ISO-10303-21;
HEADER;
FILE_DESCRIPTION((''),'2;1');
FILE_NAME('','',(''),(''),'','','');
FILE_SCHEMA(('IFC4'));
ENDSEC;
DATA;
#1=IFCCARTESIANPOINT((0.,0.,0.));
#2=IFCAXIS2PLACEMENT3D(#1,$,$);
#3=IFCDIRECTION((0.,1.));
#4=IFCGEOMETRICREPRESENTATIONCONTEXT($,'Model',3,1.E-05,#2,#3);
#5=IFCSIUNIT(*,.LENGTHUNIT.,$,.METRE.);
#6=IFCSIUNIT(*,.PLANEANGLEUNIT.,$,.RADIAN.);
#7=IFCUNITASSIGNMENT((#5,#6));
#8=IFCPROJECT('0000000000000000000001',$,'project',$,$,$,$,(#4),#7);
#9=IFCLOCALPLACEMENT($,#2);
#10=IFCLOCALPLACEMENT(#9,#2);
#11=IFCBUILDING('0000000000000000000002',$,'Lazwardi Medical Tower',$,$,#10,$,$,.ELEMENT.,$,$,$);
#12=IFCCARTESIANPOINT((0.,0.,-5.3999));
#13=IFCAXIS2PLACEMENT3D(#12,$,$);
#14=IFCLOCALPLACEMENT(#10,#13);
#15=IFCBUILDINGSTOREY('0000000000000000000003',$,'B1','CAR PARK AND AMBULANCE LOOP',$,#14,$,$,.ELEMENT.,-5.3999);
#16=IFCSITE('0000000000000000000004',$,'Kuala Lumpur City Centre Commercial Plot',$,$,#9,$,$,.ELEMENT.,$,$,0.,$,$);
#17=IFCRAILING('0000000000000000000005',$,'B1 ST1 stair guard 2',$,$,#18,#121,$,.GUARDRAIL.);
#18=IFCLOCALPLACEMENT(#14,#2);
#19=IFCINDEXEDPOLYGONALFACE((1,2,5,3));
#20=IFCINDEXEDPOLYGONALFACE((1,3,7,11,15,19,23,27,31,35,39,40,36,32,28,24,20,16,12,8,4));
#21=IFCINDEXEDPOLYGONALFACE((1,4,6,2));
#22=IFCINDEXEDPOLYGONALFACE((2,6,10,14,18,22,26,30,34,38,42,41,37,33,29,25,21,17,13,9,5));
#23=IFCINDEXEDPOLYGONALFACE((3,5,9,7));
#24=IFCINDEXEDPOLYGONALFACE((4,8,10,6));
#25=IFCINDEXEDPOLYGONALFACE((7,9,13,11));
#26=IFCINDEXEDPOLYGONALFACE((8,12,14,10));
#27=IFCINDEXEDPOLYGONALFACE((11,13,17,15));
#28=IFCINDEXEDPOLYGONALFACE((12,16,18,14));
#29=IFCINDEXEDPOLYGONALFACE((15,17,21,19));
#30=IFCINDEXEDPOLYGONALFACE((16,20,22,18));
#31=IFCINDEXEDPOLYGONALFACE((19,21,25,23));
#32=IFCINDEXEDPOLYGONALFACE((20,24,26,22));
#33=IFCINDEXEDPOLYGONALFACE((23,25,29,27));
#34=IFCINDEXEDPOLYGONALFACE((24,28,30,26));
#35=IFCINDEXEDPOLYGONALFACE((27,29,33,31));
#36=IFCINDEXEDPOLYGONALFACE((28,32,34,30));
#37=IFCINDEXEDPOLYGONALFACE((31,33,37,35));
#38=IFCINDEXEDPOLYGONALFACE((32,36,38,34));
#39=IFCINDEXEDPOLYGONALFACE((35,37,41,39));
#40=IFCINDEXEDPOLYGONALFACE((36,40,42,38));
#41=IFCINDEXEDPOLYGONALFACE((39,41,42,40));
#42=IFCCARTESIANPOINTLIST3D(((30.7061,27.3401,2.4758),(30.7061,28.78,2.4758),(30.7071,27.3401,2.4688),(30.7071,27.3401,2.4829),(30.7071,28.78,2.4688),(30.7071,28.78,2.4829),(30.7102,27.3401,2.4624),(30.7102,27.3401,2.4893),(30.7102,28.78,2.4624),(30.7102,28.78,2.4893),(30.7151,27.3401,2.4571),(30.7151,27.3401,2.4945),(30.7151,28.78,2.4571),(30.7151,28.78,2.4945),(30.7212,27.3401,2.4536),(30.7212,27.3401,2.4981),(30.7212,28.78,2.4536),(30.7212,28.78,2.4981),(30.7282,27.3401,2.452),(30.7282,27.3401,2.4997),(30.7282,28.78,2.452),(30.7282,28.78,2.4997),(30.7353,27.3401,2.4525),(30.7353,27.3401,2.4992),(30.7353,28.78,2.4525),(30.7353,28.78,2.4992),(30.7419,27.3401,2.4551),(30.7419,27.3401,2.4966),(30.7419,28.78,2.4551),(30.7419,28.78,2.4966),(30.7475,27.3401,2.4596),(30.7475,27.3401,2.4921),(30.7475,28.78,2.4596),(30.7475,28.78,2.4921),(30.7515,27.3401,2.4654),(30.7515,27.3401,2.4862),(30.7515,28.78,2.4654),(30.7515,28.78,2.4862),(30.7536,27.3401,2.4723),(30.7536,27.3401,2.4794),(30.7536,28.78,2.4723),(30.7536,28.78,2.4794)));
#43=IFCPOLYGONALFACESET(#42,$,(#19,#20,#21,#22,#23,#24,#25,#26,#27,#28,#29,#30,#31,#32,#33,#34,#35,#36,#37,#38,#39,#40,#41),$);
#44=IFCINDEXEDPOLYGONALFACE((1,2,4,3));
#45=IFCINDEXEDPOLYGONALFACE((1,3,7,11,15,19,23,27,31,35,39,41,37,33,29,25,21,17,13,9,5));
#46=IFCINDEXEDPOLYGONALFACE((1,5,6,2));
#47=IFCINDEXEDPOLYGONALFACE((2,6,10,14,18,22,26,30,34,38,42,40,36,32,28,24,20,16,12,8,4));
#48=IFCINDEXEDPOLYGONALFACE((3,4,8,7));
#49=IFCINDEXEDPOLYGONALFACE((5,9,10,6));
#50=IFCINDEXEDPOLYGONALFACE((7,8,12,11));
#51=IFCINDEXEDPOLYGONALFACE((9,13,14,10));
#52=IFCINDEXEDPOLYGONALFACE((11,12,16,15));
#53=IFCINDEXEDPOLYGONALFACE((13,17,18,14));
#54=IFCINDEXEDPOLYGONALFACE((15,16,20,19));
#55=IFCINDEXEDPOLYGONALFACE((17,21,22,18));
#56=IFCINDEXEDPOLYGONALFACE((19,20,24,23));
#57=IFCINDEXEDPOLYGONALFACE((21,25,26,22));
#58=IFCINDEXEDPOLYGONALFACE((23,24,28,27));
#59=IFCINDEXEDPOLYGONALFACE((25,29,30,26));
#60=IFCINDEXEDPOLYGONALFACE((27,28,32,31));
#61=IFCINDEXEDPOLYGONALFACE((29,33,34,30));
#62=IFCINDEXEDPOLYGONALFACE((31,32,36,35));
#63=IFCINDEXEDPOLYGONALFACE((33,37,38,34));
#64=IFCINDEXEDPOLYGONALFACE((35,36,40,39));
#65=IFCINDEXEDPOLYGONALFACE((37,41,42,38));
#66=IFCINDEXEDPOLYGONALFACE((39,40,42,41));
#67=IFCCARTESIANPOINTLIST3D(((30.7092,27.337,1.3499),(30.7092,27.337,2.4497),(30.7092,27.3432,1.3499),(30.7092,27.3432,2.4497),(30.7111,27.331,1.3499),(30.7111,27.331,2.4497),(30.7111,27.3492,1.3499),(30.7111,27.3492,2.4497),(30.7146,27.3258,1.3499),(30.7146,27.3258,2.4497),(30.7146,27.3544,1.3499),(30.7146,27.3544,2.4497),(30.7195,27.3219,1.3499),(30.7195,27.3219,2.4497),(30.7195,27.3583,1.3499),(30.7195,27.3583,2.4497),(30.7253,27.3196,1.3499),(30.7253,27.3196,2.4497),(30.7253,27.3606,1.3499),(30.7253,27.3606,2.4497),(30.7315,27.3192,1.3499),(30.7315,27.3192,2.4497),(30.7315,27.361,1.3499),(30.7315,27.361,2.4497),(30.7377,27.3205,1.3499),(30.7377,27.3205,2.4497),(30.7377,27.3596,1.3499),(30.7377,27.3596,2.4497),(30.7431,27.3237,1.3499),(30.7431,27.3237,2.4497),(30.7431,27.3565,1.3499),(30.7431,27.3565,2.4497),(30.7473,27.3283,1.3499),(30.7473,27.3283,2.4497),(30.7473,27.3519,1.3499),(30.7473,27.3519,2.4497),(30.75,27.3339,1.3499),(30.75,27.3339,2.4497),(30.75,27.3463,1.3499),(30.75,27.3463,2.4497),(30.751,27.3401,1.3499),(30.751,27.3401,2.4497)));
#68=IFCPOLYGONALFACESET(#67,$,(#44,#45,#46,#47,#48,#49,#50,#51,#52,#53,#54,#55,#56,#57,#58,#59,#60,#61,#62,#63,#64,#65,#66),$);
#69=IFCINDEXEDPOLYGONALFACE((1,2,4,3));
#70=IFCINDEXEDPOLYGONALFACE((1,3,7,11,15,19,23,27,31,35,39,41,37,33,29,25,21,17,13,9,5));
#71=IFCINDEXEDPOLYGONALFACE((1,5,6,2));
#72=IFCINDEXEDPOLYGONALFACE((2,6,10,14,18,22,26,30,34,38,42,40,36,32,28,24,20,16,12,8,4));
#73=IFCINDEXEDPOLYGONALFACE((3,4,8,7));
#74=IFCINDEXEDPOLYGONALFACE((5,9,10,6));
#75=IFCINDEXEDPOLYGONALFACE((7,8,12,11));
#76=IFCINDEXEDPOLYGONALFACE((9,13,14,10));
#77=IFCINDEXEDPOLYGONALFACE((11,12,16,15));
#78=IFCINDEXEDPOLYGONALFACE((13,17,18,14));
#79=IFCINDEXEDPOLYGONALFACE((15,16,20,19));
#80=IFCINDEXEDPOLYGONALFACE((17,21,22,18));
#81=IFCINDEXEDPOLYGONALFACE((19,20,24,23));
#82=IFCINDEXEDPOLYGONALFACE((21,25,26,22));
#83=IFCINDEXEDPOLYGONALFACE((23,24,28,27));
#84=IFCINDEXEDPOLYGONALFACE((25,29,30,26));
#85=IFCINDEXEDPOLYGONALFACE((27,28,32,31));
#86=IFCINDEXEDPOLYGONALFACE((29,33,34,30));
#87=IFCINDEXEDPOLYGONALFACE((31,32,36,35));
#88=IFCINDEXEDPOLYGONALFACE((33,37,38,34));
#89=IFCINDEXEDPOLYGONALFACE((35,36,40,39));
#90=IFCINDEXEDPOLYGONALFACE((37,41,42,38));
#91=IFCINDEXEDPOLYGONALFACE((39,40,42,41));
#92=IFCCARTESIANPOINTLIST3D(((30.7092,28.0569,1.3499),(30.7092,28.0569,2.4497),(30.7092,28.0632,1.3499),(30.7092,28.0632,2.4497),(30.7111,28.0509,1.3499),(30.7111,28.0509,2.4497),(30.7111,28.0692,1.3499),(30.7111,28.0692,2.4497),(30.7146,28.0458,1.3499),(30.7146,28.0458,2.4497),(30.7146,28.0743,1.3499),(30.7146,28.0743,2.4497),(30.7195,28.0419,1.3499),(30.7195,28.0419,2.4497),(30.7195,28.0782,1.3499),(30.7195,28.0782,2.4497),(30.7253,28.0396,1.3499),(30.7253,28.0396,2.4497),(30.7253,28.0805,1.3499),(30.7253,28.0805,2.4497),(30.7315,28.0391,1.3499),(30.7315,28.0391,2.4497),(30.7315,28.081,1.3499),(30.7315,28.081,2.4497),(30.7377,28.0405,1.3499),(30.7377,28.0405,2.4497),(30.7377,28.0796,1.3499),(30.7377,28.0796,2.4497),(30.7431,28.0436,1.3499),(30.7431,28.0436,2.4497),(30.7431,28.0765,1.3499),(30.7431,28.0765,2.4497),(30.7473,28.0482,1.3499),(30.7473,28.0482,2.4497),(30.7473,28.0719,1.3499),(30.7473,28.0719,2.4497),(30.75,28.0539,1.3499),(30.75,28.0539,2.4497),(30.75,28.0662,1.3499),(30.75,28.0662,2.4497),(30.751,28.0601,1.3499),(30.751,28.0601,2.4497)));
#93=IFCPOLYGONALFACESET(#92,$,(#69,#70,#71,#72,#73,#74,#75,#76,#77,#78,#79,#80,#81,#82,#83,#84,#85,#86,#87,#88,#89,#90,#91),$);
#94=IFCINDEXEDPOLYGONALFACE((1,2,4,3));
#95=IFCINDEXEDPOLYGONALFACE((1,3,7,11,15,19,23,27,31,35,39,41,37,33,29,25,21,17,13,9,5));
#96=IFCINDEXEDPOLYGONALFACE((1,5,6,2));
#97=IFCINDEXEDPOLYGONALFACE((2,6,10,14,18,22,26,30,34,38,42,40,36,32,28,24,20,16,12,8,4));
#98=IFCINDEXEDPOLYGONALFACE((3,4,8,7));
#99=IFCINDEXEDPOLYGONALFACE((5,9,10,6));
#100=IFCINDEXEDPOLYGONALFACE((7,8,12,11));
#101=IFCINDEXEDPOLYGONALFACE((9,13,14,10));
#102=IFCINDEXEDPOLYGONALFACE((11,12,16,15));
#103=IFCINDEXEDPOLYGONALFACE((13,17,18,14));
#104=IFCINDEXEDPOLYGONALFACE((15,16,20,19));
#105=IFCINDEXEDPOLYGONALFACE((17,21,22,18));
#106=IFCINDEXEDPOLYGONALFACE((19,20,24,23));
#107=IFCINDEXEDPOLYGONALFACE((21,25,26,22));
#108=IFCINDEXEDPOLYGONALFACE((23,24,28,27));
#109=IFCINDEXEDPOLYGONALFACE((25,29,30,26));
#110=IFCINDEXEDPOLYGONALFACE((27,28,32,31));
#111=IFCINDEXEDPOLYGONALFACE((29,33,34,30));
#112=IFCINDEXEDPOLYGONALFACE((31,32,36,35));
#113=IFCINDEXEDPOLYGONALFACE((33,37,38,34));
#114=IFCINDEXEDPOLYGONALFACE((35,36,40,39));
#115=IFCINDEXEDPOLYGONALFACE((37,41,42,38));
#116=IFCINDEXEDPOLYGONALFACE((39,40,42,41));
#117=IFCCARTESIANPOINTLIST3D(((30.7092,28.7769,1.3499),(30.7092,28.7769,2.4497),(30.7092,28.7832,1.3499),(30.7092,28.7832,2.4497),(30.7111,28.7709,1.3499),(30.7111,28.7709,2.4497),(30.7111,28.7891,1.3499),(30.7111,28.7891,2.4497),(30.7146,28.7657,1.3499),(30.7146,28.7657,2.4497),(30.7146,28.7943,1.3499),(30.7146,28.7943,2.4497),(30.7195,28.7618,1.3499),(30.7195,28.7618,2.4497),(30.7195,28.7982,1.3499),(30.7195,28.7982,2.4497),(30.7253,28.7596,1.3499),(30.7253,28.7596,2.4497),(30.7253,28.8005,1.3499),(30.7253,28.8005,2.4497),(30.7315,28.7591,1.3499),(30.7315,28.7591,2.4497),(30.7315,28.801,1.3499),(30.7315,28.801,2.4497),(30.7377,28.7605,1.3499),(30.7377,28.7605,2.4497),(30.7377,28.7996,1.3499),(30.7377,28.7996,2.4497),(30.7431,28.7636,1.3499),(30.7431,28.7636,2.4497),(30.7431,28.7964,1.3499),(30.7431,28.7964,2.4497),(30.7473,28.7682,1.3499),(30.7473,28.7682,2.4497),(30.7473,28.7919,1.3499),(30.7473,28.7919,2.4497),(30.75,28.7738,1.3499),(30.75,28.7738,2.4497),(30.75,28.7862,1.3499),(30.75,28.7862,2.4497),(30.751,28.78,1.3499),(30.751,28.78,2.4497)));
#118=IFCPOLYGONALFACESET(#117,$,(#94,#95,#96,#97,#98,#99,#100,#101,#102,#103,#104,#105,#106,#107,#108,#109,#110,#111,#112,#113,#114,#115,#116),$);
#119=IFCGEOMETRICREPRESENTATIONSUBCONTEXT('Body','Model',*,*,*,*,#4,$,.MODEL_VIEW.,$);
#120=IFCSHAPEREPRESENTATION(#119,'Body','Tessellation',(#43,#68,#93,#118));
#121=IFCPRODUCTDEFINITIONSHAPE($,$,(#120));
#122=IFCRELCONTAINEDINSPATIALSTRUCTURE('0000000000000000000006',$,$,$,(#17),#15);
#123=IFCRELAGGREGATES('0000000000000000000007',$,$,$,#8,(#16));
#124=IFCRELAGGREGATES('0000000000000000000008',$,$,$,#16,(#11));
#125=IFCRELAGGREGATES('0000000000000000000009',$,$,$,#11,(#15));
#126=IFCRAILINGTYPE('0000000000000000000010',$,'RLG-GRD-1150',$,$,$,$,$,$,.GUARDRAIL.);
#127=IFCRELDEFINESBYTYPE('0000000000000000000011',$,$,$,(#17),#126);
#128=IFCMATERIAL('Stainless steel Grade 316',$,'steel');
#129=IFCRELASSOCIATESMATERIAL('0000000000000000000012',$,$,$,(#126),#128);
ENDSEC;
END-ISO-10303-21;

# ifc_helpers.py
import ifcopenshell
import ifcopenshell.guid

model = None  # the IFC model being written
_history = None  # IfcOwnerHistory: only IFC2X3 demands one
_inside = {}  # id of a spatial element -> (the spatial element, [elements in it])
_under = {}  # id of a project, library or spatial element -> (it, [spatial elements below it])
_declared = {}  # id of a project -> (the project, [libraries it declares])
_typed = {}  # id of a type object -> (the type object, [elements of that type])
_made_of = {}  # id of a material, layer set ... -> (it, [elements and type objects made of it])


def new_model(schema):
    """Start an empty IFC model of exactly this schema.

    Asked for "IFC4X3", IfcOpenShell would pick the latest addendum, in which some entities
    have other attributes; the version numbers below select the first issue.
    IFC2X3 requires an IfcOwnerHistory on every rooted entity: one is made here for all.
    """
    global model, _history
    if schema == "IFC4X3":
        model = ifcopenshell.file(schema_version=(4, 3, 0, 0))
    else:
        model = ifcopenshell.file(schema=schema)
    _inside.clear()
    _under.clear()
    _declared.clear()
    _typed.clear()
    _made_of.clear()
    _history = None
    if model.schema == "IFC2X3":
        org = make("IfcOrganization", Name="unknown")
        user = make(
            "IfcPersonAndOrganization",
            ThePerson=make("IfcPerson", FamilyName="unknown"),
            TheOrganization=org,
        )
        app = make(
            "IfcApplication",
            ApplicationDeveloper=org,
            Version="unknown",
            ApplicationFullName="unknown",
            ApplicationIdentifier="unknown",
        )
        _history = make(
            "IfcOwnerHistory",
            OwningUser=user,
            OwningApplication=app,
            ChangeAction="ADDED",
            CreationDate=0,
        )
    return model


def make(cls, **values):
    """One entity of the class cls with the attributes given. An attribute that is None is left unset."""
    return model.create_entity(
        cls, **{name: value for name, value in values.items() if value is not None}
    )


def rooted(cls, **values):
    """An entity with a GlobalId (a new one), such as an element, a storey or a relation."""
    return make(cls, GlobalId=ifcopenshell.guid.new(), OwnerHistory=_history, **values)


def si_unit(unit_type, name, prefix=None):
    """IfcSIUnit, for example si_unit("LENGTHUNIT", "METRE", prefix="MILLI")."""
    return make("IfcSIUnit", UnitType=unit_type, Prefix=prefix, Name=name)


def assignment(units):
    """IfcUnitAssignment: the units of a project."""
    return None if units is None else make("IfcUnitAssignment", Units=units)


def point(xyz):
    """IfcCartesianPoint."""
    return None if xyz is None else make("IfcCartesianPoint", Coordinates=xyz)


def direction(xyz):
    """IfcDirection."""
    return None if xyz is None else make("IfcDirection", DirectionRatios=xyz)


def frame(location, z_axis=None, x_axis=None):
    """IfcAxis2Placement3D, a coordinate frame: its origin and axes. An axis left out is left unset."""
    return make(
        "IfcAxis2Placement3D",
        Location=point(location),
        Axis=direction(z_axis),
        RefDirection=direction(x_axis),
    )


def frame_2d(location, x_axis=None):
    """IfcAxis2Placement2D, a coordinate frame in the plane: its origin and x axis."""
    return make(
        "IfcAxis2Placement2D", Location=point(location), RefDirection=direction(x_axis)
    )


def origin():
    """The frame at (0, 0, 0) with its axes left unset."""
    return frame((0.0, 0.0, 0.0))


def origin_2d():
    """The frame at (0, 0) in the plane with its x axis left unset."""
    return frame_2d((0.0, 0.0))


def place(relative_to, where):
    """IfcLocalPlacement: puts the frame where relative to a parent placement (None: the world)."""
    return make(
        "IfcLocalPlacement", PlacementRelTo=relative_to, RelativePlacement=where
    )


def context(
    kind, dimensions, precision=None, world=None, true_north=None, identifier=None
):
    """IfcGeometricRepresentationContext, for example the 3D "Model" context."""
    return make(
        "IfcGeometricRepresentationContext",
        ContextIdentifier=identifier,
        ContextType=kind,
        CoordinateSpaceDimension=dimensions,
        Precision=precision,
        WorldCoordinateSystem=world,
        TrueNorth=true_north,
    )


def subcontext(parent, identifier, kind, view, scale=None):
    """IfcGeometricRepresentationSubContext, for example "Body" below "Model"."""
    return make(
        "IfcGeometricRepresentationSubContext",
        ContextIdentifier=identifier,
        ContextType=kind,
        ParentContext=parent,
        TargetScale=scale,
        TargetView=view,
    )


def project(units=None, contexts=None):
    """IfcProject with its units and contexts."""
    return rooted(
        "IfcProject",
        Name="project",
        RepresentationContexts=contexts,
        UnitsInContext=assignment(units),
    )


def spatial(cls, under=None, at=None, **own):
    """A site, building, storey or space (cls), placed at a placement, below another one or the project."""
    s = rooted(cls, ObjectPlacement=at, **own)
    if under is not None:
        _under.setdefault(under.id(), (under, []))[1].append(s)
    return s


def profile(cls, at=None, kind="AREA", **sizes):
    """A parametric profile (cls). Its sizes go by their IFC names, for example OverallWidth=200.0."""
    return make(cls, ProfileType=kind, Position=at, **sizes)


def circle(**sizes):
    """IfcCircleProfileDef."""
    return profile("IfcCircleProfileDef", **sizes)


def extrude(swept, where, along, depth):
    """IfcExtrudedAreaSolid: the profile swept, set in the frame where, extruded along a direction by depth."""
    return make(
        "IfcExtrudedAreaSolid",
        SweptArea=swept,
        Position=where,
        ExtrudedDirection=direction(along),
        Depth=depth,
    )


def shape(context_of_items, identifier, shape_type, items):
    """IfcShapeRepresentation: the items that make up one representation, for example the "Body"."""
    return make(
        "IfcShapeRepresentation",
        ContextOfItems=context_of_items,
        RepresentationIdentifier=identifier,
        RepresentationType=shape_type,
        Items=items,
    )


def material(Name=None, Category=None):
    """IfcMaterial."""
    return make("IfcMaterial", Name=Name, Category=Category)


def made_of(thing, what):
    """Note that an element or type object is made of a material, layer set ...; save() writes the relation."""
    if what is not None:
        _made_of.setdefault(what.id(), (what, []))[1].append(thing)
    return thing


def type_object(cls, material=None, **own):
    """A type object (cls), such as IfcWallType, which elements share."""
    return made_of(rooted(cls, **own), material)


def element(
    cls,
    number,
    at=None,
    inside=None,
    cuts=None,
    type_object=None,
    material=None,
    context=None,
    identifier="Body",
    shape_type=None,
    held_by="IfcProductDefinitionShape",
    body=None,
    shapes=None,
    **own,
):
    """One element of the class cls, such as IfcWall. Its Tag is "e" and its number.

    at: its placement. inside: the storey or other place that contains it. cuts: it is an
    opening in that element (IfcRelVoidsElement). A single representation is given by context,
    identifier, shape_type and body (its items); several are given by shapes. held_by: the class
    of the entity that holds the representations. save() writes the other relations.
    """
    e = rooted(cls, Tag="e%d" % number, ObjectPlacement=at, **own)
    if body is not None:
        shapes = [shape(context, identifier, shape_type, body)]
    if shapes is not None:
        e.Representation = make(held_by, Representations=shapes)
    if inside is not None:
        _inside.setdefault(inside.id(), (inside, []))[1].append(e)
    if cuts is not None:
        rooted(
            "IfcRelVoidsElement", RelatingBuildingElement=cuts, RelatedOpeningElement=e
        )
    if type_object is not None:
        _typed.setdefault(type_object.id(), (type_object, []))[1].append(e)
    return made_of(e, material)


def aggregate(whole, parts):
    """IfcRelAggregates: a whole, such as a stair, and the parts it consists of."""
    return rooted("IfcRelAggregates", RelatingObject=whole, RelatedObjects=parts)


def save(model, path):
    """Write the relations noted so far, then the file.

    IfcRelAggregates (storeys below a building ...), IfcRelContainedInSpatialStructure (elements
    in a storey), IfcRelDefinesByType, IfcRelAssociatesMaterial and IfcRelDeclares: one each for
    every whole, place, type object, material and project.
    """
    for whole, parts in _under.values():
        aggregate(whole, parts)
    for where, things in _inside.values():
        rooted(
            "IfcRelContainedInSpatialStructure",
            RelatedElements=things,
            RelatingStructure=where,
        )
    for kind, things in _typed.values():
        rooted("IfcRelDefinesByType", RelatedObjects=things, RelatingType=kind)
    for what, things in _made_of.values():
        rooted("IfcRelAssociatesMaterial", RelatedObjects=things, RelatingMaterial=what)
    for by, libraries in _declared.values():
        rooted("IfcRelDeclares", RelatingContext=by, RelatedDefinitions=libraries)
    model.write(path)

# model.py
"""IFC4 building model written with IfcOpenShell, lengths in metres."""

from ifc_helpers import new_model, si_unit, direction, frame, origin, origin_2d, place, context, subcontext, project, spatial, circle, extrude, material, type_object, element, save


model = new_model("IFC4")

# Units and contexts
model_context = context("Model", 3, precision=1e-05, world=origin(), true_north=direction((0.0, 1.0)))
body_context = subcontext(model_context, "Body", "Model", "MODEL_VIEW")
ifc_project = project(units=[si_unit("LENGTHUNIT", "METRE"), si_unit("PLANEANGLEUNIT", "RADIAN")], contexts=[model_context])

# Site, building, storey
site_placement = place(None, origin())
site = spatial("IfcSite", under=ifc_project, at=site_placement, Name="Kuala Lumpur City Centre Commercial Plot", CompositionType="ELEMENT", RefElevation=0.0)
building_placement = place(site_placement, origin())
building = spatial("IfcBuilding", under=site, at=building_placement, Name="Lazwardi Medical Tower", CompositionType="ELEMENT")
storey_placement = place(building_placement, frame((0.0, 0.0, -5.3999)))
storey = spatial("IfcBuildingStorey", under=building, at=storey_placement, Name="B1", Description="CAR PARK AND AMBULANCE LOOP", CompositionType="ELEMENT", Elevation=-5.3999)

# Railing
ifc_material_1 = material(Name="Stainless steel Grade 316", Category="steel")
railing_type_1 = type_object("IfcRailingType", Name="RLG-GRD-1150", PredefinedType="GUARDRAIL", material=ifc_material_1)
railing_1_placement = place(storey_placement, frame((30.73, 27.3401, 1.3499)))
element("IfcRailing", 1, at=railing_1_placement, inside=storey, type_object=railing_type_1, Name="B1 ST1 stair guard 2", PredefinedType="GUARDRAIL", context=body_context, shape_type="SweptSolid", body=[
    extrude(circle(Radius=0.0239, at=origin_2d()), frame((0.0, 0.0, 1.126), z_axis=(0.0, 1.0, 0.0), x_axis=(-1.0, 0.0, 0.0)), (0.0, 0.0, 1.0), 1.4399),
    extrude(circle(Radius=0.021, at=origin_2d()), origin(), (0.0, 0.0, 1.0), 1.0999),
    extrude(circle(Radius=0.021, at=origin_2d()), frame((0.0, 0.72, 0.0)), (0.0, 0.0, 1.0), 1.0999),
    extrude(circle(Radius=0.021, at=origin_2d()), frame((0.0, 1.4399, 0.0)), (0.0, 0.0, 1.0), 1.0999),
])

save(model, "model.ifc")
